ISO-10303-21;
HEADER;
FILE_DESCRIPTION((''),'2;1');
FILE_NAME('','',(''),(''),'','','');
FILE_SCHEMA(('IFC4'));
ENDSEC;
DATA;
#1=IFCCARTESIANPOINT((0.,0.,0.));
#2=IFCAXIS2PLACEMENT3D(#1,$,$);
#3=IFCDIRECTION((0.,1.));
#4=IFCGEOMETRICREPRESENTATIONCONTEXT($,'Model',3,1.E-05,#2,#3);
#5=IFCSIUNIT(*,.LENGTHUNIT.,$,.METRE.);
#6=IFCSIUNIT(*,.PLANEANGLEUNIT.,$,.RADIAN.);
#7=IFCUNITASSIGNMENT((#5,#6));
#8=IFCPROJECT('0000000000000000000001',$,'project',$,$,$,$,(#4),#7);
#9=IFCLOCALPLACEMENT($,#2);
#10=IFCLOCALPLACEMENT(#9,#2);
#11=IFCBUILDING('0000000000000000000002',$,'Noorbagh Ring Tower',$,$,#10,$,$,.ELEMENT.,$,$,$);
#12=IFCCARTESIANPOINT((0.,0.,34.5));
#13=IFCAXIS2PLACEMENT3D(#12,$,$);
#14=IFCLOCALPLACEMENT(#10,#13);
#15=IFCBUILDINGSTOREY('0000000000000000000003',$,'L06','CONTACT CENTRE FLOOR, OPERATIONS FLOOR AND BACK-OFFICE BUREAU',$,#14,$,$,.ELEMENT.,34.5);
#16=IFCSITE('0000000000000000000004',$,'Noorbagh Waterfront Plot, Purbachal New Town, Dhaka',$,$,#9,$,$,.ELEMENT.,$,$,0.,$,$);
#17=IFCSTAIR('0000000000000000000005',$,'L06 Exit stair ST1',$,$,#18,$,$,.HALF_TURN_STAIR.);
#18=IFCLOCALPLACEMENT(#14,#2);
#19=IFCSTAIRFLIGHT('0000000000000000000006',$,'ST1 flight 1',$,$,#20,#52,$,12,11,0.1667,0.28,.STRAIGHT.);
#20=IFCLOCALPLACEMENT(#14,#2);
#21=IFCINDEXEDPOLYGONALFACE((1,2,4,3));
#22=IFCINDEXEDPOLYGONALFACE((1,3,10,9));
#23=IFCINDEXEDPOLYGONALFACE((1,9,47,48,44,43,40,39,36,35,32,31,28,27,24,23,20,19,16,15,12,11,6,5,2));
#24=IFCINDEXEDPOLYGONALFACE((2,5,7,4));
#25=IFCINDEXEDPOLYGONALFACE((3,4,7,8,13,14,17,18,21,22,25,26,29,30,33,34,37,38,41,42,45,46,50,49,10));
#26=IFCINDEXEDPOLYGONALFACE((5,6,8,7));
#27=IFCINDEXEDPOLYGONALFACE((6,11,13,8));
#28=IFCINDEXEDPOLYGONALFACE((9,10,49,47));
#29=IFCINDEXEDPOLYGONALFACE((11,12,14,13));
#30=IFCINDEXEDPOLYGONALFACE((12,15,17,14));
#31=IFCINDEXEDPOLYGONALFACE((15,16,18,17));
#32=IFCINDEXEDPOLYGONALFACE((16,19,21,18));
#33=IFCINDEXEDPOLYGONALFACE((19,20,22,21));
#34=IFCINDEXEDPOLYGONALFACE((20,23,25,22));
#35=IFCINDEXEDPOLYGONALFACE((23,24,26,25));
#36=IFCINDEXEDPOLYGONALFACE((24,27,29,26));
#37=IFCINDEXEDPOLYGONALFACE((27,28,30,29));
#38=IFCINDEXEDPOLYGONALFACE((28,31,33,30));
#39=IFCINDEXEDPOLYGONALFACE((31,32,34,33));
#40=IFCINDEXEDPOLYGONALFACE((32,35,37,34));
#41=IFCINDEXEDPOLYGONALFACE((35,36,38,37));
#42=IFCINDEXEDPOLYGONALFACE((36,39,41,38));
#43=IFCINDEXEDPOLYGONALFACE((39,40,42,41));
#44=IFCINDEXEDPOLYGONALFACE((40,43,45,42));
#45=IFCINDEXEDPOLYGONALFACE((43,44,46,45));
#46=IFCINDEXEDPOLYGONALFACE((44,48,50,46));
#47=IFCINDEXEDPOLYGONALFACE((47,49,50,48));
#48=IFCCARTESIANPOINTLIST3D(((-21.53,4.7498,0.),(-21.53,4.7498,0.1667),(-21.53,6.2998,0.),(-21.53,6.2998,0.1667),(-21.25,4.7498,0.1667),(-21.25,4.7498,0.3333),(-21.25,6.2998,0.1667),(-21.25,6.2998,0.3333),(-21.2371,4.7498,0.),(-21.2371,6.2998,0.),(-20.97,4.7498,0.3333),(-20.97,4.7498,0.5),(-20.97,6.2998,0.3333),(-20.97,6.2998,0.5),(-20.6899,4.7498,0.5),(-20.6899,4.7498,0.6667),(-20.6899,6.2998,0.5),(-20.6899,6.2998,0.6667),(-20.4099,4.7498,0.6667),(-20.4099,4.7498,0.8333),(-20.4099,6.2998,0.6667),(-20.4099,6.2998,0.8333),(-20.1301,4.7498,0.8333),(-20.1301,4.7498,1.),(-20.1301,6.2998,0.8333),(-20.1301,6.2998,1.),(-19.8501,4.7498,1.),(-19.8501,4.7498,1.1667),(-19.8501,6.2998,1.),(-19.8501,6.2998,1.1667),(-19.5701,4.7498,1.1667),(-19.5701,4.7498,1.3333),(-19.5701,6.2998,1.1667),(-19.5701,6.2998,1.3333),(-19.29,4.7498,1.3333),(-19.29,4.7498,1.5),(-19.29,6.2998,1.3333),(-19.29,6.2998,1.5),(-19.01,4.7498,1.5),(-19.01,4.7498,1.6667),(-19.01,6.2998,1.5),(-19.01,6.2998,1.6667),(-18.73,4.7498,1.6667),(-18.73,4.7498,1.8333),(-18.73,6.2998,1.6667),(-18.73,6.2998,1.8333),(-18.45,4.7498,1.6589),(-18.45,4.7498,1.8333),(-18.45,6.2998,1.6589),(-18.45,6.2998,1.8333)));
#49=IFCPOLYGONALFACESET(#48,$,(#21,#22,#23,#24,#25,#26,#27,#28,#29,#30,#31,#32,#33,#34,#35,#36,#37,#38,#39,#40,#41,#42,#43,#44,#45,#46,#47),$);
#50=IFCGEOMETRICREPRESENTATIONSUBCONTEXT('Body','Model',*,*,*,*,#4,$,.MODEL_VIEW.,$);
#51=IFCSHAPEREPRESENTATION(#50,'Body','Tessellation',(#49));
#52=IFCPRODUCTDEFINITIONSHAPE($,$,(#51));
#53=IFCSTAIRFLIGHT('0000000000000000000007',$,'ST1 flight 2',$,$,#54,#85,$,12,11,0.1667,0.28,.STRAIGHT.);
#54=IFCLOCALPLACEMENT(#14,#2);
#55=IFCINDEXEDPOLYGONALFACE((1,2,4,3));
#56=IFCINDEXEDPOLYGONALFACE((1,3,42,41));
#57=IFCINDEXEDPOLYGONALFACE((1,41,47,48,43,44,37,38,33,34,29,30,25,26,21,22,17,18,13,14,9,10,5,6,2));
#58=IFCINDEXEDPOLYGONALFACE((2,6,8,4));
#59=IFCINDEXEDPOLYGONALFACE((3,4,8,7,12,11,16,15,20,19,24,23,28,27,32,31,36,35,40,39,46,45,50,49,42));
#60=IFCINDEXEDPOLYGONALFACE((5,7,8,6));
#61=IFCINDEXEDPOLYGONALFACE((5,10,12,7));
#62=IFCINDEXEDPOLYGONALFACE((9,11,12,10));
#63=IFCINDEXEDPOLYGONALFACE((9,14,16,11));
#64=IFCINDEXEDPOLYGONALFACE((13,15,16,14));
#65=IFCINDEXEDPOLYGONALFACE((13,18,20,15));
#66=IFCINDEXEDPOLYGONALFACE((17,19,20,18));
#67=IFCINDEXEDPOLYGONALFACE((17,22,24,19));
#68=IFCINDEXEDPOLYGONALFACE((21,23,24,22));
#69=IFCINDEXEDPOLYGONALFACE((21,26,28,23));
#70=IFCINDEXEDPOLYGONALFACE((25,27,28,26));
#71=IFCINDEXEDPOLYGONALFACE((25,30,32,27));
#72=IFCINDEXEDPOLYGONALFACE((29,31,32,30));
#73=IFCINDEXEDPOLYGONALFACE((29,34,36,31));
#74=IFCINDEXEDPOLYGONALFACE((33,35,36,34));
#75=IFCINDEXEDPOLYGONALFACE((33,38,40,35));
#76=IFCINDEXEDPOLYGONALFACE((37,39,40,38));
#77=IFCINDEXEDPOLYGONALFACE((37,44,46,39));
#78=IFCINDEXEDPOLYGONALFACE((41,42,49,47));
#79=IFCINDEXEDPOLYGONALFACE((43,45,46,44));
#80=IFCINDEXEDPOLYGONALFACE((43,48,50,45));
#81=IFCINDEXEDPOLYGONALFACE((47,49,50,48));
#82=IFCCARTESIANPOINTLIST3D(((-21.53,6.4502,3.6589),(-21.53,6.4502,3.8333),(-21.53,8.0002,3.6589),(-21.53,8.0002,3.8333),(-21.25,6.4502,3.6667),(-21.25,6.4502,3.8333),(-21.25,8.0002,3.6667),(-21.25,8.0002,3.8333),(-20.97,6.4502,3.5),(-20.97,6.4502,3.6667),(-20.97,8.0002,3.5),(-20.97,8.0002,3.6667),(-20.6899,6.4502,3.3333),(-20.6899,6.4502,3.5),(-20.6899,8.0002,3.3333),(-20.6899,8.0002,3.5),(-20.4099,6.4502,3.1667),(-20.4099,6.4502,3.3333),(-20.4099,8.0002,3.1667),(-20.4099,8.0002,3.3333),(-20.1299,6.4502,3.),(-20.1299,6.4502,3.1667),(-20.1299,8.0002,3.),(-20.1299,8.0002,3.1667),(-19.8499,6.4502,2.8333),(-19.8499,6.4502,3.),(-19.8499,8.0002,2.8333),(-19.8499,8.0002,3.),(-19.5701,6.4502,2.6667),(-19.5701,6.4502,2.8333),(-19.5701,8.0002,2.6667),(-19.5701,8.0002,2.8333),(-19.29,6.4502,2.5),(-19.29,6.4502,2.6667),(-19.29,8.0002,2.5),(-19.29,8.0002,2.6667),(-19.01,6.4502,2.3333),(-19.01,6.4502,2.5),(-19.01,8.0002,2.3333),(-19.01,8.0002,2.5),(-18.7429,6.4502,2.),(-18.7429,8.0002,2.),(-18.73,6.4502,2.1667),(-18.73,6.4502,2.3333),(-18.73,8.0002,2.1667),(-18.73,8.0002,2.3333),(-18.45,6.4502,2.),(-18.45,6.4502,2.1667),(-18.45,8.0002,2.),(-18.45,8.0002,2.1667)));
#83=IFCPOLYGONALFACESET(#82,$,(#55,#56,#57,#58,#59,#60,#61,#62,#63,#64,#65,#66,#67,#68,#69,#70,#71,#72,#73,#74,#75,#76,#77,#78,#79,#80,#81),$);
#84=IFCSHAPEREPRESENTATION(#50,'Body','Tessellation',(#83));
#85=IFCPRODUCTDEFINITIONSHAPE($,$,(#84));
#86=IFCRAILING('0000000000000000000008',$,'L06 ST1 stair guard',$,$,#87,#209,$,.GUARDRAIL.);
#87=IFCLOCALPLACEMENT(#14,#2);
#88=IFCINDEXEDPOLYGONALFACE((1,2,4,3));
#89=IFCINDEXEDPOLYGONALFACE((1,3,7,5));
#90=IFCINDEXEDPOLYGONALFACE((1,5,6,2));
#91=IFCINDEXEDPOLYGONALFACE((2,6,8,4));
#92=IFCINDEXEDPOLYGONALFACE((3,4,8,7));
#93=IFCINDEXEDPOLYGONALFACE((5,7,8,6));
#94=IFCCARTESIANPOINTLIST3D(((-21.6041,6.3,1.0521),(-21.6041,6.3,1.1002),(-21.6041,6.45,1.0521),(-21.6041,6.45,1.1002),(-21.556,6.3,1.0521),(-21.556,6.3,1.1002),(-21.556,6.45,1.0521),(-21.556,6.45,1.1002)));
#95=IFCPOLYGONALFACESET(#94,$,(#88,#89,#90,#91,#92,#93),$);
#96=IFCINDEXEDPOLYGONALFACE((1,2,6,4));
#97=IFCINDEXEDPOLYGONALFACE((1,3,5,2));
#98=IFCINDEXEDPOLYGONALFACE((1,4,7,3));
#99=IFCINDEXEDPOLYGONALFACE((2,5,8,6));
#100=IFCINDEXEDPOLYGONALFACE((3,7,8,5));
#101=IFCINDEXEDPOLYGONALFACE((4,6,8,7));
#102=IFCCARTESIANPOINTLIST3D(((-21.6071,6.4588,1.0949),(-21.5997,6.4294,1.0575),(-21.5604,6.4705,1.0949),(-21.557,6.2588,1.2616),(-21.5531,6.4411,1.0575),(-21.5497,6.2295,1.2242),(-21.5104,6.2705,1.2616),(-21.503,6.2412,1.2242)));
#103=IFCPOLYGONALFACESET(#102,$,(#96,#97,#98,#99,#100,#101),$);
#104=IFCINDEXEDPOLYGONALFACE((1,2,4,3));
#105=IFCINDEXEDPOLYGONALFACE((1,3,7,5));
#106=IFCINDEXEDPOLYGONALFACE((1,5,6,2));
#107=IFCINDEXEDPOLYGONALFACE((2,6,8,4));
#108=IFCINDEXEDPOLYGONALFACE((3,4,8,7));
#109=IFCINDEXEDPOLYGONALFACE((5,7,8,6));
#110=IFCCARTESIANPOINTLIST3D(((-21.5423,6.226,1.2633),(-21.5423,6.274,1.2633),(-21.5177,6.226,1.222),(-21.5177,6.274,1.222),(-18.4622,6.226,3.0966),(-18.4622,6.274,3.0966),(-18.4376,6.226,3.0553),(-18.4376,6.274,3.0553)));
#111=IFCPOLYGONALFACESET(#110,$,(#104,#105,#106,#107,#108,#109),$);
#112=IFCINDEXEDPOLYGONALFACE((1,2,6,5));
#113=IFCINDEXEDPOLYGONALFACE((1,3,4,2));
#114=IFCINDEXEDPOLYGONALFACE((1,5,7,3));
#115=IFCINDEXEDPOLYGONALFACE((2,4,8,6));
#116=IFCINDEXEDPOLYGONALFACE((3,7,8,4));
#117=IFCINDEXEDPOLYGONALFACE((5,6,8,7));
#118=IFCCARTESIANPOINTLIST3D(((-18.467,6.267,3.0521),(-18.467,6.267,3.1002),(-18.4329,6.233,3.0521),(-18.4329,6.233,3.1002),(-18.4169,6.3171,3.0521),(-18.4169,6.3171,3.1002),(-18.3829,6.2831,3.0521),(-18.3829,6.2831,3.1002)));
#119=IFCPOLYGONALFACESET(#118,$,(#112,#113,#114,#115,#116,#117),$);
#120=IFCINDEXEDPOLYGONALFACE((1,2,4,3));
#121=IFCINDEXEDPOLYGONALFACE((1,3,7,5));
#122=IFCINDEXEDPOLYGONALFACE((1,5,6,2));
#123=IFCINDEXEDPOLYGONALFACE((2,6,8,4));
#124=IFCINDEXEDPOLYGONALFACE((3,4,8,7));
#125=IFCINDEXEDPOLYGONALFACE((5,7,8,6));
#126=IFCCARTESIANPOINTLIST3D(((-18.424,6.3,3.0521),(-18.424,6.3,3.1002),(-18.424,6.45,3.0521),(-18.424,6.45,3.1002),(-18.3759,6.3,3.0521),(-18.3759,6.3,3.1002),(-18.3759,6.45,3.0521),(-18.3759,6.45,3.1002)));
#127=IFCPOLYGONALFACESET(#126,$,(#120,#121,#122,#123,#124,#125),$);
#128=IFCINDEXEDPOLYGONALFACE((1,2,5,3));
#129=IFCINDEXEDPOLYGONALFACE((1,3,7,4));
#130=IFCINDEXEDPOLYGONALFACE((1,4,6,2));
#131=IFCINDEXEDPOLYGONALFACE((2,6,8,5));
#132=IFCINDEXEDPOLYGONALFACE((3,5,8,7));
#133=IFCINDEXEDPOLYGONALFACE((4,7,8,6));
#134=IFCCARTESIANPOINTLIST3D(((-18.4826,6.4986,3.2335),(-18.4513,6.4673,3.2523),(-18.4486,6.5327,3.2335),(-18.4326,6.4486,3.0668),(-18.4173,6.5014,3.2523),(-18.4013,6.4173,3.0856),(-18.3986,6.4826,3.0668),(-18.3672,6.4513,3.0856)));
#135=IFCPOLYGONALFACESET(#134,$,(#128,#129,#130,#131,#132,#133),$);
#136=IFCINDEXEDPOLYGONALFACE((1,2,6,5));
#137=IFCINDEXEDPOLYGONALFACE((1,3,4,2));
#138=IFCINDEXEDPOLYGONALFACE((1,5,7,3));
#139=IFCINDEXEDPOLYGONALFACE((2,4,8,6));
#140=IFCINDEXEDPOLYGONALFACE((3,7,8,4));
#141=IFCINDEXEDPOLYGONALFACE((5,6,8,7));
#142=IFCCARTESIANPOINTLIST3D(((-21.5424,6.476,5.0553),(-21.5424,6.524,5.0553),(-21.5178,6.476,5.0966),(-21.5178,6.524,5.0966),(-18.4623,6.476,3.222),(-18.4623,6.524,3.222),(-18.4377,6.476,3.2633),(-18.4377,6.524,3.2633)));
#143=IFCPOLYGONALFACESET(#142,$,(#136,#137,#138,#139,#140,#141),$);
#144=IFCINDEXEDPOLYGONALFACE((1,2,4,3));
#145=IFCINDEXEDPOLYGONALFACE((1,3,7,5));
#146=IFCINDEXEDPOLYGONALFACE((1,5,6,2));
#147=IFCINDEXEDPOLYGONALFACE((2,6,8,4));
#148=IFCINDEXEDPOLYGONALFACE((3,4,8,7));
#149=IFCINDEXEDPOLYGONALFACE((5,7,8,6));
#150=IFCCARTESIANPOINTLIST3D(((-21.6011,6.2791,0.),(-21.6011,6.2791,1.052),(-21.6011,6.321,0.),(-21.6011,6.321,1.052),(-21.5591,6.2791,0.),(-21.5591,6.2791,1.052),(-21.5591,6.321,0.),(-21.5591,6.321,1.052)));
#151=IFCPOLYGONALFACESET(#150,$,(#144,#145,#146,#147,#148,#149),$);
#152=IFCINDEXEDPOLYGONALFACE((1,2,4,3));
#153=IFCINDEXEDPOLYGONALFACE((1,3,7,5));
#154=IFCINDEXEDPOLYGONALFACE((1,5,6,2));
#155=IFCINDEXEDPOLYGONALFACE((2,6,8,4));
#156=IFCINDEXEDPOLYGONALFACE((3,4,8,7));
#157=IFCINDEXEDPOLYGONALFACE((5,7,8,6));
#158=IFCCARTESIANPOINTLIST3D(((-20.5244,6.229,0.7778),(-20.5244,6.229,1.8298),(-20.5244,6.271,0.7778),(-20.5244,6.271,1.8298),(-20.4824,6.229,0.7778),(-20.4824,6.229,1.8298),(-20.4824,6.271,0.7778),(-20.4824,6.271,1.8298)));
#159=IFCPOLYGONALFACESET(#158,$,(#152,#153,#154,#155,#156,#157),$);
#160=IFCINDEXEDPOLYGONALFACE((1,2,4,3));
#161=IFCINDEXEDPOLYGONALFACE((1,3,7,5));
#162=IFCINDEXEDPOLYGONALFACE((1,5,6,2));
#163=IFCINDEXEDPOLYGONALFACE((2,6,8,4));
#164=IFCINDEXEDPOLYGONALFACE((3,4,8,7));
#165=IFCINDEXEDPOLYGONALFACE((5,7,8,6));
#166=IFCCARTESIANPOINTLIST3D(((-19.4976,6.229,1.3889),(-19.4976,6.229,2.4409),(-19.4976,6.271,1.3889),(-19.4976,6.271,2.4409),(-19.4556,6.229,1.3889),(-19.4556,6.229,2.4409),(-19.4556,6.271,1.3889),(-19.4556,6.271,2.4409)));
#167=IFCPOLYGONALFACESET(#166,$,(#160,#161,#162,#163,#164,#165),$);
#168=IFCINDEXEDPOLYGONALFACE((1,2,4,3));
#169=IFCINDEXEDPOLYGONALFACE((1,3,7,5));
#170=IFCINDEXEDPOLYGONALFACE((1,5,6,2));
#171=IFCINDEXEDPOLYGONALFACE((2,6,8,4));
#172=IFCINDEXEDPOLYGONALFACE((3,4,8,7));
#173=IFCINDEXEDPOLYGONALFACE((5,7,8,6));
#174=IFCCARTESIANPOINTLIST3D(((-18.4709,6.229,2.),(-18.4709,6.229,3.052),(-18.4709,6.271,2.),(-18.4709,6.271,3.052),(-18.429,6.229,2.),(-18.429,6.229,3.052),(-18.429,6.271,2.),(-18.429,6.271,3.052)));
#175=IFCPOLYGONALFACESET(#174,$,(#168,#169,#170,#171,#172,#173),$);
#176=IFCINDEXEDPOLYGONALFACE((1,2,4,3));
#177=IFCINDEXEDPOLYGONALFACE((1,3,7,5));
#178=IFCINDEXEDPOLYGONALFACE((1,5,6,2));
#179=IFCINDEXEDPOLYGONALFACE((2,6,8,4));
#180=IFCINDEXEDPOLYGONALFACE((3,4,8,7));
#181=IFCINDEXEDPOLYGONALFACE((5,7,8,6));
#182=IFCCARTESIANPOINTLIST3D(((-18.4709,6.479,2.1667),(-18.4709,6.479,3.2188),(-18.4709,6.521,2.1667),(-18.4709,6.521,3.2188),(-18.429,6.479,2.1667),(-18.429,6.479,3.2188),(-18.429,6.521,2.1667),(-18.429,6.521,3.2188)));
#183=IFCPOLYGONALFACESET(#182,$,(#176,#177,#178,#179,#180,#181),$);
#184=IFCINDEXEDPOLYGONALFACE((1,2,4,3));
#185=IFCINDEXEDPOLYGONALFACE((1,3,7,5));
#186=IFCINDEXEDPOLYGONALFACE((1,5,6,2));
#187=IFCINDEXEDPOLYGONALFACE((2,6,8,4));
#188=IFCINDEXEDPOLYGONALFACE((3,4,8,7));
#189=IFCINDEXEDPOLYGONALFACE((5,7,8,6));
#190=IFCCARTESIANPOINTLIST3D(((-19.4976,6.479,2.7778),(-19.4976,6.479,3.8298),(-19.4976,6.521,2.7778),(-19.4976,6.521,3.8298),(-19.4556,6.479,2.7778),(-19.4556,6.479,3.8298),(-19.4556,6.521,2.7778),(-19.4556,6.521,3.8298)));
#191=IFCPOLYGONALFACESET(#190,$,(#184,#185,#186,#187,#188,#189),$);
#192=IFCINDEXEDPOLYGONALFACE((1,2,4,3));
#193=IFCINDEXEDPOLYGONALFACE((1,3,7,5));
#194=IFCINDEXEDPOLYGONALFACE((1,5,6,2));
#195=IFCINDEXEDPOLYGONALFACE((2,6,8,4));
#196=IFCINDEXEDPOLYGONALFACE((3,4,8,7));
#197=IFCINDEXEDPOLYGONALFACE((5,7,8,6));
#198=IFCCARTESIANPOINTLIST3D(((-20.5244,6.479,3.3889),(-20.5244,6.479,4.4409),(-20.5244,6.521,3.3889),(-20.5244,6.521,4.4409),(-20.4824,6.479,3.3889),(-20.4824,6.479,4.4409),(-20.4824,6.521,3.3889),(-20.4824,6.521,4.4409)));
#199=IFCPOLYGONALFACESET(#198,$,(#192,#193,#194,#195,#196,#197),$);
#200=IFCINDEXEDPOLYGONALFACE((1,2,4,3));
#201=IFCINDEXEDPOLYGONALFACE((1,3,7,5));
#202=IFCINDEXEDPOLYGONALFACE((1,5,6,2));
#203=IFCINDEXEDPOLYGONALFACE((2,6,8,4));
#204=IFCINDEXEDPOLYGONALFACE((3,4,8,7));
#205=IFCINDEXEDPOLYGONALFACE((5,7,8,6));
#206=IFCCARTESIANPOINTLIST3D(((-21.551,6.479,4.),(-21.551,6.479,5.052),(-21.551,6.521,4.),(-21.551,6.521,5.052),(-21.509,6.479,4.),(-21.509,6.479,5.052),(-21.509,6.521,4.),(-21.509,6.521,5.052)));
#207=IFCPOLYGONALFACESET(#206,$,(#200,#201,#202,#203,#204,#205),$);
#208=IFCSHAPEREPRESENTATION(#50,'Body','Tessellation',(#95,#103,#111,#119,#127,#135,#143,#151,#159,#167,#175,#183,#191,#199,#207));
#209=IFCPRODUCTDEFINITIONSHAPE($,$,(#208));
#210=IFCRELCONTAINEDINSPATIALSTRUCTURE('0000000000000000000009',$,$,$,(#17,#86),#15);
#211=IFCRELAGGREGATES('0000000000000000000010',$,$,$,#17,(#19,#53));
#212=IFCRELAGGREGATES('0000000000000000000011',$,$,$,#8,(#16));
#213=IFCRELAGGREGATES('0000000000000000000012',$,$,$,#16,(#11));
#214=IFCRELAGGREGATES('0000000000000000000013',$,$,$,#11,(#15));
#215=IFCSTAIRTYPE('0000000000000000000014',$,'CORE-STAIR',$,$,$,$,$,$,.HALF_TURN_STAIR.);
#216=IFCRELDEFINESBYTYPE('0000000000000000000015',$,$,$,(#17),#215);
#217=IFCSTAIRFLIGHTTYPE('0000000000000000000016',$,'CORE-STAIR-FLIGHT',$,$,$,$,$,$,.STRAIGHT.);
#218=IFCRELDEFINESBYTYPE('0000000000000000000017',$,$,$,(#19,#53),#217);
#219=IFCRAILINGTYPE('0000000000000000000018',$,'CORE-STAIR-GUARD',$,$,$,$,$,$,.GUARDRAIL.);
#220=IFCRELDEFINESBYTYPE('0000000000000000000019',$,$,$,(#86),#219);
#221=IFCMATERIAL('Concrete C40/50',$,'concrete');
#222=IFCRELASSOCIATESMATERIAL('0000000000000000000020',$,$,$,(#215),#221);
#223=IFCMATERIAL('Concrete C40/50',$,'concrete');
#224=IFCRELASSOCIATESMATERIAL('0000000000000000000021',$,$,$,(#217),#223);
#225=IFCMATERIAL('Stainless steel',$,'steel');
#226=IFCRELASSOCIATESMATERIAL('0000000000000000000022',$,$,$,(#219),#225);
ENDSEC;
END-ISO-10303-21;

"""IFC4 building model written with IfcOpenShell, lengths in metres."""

from ifc_helpers import new_model, si_unit, direction, frame, origin, origin_2d, place, context, subcontext, project, spatial, polyline, rectangle, outline, extrude, material, type_object, element, aggregate, save


model = new_model("IFC4")

# Units and contexts
model_context = context("Model", 3, precision=1e-05, world=origin(), true_north=direction((0.0, 1.0)))
body_context = subcontext(model_context, "Body", "Model", "MODEL_VIEW")
ifc_project = project(units=[si_unit("LENGTHUNIT", "METRE"), si_unit("PLANEANGLEUNIT", "RADIAN")], contexts=[model_context])

# Site, building, storey
site_placement = place(None, origin())
site = spatial("IfcSite", under=ifc_project, at=site_placement, Name="Noorbagh Waterfront Plot, Purbachal New Town, Dhaka", CompositionType="ELEMENT", RefElevation=0.0)
building_placement = place(site_placement, origin())
building = spatial("IfcBuilding", under=site, at=building_placement, Name="Noorbagh Ring Tower", CompositionType="ELEMENT")
storey_placement = place(building_placement, frame((0.0, 0.0, 34.5)))
storey = spatial("IfcBuildingStorey", under=building, at=storey_placement, Name="L06", Description="CONTACT CENTRE FLOOR, OPERATIONS FLOOR AND BACK-OFFICE BUREAU", CompositionType="ELEMENT", Elevation=34.5)

# Stair, stair flights
ifc_material_1 = material(Name="Concrete C40/50", Category="concrete")
stair_type = type_object("IfcStairType", Name="CORE-STAIR", PredefinedType="HALF_TURN_STAIR", material=ifc_material_1)
stair_placement = place(storey_placement, origin())
stair = element("IfcStair", 1, at=stair_placement, inside=storey, type_object=stair_type, Name="L06 Exit stair ST1", PredefinedType="HALF_TURN_STAIR")
ifc_material_2 = material(Name="Concrete C40/50", Category="concrete")
stair_flight_type = type_object("IfcStairFlightType", Name="CORE-STAIR-FLIGHT", PredefinedType="STRAIGHT", material=ifc_material_2)
stair_flight_1_placement = place(storey_placement, frame((-21.53, 5.5249, 0.0), z_axis=(0.0, 0.0, 1.0), x_axis=(1.0, 0.0, 0.0)))
stair_flight_1 = element("IfcStairFlight", 2, at=stair_flight_1_placement, type_object=stair_flight_type, Name="ST1 flight 1", NumberOfRisers=12, NumberOfTreads=11, PredefinedType="STRAIGHT", RiserHeight=0.1667, TreadLength=0.28, context=body_context, shape_type="SweptSolid", body=[
    extrude(outline(polyline([(0.0, 0.0), (0.0, 0.1667), (0.28, 0.1667), (0.28, 0.3333), (0.5601, 0.3333), (0.5601, 0.5), (0.8401, 0.5), (0.8401, 0.6667), (1.1201, 0.6667), (1.1201, 0.8333), (1.3999, 0.8333), (1.3999, 1.0), (1.6799, 1.0), (1.6799, 1.1667), (1.96, 1.1667), (1.96, 1.3333), (2.24, 1.3333), (2.24, 1.5), (2.52, 1.5), (2.52, 1.6667), (2.8, 1.6667), (2.8, 1.8333), (3.0801, 1.8333), (3.0801, 2.0), (3.0801, 1.6589), (0.293, 0.0), (0.0, 0.0)])), frame((0.0, 0.7749, 0.0), z_axis=(0.0, -1.0, 0.0), x_axis=(1.0, 0.0, 0.0)), (0.0, 0.0, 1.0), 1.55),
])
stair_flight_2_placement = place(storey_placement, frame((-18.45, 7.2251, 2.0), z_axis=(0.0, 0.0, 1.0), x_axis=(-1.0, 0.0, 0.0)))
stair_flight_2 = element("IfcStairFlight", 3, at=stair_flight_2_placement, type_object=stair_flight_type, Name="ST1 flight 2", NumberOfRisers=12, NumberOfTreads=11, PredefinedType="STRAIGHT", RiserHeight=0.1667, TreadLength=0.28, context=body_context, shape_type="SweptSolid", body=[
    extrude(outline(polyline([(0.0, 0.0), (0.0, 0.1667), (0.28, 0.1667), (0.28, 0.3333), (0.5601, 0.3333), (0.5601, 0.5), (0.8401, 0.5), (0.8401, 0.6667), (1.1201, 0.6667), (1.1201, 0.8333), (1.3999, 0.8333), (1.3999, 1.0), (1.6799, 1.0), (1.6799, 1.1667), (1.96, 1.1667), (1.96, 1.3333), (2.24, 1.3333), (2.24, 1.5), (2.52, 1.5), (2.52, 1.6667), (2.8, 1.6667), (2.8, 1.8333), (3.0801, 1.8333), (3.0801, 2.0), (3.0801, 1.6589), (0.293, 0.0), (0.0, 0.0)])), frame((0.0, 0.7749, 0.0), z_axis=(0.0, -1.0, 0.0), x_axis=(1.0, 0.0, 0.0)), (0.0, 0.0, 1.0), 1.55),
])
aggregate(stair, [stair_flight_1, stair_flight_2])

# Railing
ifc_material_3 = material(Name="Stainless steel", Category="steel")
railing_type_1 = type_object("IfcRailingType", Name="CORE-STAIR-GUARD", PredefinedType="GUARDRAIL", material=ifc_material_3)
railing_1_placement = place(storey_placement, frame((-21.5801, 6.3, 0.0)))
element("IfcRailing", 4, at=railing_1_placement, inside=storey, type_object=railing_type_1, Name="L06 ST1 stair guard", PredefinedType="GUARDRAIL", context=body_context, shape_type="SweptSolid", body=[
    extrude(rectangle(XDim=0.0481, YDim=0.0481, at=origin_2d()), frame((0.0, 0.0, 1.0762), z_axis=(0.0, 1.0, 0.0), x_axis=(-1.0, 0.0, 0.0)), (0.0, 0.0, 1.0), 0.1499),
    extrude(rectangle(XDim=0.0481, YDim=0.0481, at=origin_2d()), frame((0.0, 0.1499, 1.0762), z_axis=(0.188776, -0.754182, 0.628946), x_axis=(0.970073, 0.242814, 0.0)), (0.0, 0.0, 1.0), 0.2651),
    extrude(rectangle(XDim=0.0481, YDim=0.0481, at=origin_2d()), frame((0.05, -0.05, 1.2427), z_axis=(0.859309, 0.0, 0.511458), x_axis=(0.0, 1.0, 0.0)), (0.0, 0.0, 1.0), 3.5845),
    extrude(rectangle(XDim=0.0481, YDim=0.0481, at=origin_2d()), frame((3.1301, -0.05, 3.0762), z_axis=(0.707107, 0.707107, 0.0), x_axis=(-0.707107, 0.707107, 0.0)), (0.0, 0.0, 1.0), 0.0708),
    extrude(rectangle(XDim=0.0481, YDim=0.0481, at=origin_2d()), frame((3.1802, 0.0, 3.0762), z_axis=(0.0, 1.0, 0.0), x_axis=(-1.0, 0.0, 0.0)), (0.0, 0.0, 1.0), 0.1499),
    extrude(rectangle(XDim=0.0481, YDim=0.0481, at=origin_2d()), frame((3.1802, 0.1499, 3.0762), z_axis=(-0.276287, 0.276287, 0.920506), x_axis=(-0.707107, -0.707107, 0.0)), (0.0, 0.0, 1.0), 0.1812),
    extrude(rectangle(XDim=0.0481, YDim=0.0481, at=origin_2d()), frame((3.1301, 0.2, 3.2427), z_axis=(-0.859309, 0.0, 0.511458), x_axis=(0.0, -1.0, 0.0)), (0.0, 0.0, 1.0), 3.5845),
    extrude(rectangle(XDim=0.042, YDim=0.042, at=origin_2d()), origin(), (0.0, 0.0, 1.0), 1.052),
    extrude(rectangle(XDim=0.042, YDim=0.042, at=origin_2d()), frame((1.0767, -0.05, 0.7778)), (0.0, 0.0, 1.0), 1.052),
    extrude(rectangle(XDim=0.042, YDim=0.042, at=origin_2d()), frame((2.1035, -0.05, 1.3889)), (0.0, 0.0, 1.0), 1.052),
    extrude(rectangle(XDim=0.042, YDim=0.042, at=origin_2d()), frame((3.1301, -0.05, 2.0)), (0.0, 0.0, 1.0), 1.052),
    extrude(rectangle(XDim=0.042, YDim=0.042, at=origin_2d()), frame((3.1301, 0.2, 2.1667)), (0.0, 0.0, 1.0), 1.052),
    extrude(rectangle(XDim=0.042, YDim=0.042, at=origin_2d()), frame((2.1035, 0.2, 2.7778)), (0.0, 0.0, 1.0), 1.052),
    extrude(rectangle(XDim=0.042, YDim=0.042, at=origin_2d()), frame((1.0767, 0.2, 3.3889)), (0.0, 0.0, 1.0), 1.052),
    extrude(rectangle(XDim=0.042, YDim=0.042, at=origin_2d()), frame((0.05, 0.2, 4.0)), (0.0, 0.0, 1.0), 1.052),
])

save(model, "model.ifc")
